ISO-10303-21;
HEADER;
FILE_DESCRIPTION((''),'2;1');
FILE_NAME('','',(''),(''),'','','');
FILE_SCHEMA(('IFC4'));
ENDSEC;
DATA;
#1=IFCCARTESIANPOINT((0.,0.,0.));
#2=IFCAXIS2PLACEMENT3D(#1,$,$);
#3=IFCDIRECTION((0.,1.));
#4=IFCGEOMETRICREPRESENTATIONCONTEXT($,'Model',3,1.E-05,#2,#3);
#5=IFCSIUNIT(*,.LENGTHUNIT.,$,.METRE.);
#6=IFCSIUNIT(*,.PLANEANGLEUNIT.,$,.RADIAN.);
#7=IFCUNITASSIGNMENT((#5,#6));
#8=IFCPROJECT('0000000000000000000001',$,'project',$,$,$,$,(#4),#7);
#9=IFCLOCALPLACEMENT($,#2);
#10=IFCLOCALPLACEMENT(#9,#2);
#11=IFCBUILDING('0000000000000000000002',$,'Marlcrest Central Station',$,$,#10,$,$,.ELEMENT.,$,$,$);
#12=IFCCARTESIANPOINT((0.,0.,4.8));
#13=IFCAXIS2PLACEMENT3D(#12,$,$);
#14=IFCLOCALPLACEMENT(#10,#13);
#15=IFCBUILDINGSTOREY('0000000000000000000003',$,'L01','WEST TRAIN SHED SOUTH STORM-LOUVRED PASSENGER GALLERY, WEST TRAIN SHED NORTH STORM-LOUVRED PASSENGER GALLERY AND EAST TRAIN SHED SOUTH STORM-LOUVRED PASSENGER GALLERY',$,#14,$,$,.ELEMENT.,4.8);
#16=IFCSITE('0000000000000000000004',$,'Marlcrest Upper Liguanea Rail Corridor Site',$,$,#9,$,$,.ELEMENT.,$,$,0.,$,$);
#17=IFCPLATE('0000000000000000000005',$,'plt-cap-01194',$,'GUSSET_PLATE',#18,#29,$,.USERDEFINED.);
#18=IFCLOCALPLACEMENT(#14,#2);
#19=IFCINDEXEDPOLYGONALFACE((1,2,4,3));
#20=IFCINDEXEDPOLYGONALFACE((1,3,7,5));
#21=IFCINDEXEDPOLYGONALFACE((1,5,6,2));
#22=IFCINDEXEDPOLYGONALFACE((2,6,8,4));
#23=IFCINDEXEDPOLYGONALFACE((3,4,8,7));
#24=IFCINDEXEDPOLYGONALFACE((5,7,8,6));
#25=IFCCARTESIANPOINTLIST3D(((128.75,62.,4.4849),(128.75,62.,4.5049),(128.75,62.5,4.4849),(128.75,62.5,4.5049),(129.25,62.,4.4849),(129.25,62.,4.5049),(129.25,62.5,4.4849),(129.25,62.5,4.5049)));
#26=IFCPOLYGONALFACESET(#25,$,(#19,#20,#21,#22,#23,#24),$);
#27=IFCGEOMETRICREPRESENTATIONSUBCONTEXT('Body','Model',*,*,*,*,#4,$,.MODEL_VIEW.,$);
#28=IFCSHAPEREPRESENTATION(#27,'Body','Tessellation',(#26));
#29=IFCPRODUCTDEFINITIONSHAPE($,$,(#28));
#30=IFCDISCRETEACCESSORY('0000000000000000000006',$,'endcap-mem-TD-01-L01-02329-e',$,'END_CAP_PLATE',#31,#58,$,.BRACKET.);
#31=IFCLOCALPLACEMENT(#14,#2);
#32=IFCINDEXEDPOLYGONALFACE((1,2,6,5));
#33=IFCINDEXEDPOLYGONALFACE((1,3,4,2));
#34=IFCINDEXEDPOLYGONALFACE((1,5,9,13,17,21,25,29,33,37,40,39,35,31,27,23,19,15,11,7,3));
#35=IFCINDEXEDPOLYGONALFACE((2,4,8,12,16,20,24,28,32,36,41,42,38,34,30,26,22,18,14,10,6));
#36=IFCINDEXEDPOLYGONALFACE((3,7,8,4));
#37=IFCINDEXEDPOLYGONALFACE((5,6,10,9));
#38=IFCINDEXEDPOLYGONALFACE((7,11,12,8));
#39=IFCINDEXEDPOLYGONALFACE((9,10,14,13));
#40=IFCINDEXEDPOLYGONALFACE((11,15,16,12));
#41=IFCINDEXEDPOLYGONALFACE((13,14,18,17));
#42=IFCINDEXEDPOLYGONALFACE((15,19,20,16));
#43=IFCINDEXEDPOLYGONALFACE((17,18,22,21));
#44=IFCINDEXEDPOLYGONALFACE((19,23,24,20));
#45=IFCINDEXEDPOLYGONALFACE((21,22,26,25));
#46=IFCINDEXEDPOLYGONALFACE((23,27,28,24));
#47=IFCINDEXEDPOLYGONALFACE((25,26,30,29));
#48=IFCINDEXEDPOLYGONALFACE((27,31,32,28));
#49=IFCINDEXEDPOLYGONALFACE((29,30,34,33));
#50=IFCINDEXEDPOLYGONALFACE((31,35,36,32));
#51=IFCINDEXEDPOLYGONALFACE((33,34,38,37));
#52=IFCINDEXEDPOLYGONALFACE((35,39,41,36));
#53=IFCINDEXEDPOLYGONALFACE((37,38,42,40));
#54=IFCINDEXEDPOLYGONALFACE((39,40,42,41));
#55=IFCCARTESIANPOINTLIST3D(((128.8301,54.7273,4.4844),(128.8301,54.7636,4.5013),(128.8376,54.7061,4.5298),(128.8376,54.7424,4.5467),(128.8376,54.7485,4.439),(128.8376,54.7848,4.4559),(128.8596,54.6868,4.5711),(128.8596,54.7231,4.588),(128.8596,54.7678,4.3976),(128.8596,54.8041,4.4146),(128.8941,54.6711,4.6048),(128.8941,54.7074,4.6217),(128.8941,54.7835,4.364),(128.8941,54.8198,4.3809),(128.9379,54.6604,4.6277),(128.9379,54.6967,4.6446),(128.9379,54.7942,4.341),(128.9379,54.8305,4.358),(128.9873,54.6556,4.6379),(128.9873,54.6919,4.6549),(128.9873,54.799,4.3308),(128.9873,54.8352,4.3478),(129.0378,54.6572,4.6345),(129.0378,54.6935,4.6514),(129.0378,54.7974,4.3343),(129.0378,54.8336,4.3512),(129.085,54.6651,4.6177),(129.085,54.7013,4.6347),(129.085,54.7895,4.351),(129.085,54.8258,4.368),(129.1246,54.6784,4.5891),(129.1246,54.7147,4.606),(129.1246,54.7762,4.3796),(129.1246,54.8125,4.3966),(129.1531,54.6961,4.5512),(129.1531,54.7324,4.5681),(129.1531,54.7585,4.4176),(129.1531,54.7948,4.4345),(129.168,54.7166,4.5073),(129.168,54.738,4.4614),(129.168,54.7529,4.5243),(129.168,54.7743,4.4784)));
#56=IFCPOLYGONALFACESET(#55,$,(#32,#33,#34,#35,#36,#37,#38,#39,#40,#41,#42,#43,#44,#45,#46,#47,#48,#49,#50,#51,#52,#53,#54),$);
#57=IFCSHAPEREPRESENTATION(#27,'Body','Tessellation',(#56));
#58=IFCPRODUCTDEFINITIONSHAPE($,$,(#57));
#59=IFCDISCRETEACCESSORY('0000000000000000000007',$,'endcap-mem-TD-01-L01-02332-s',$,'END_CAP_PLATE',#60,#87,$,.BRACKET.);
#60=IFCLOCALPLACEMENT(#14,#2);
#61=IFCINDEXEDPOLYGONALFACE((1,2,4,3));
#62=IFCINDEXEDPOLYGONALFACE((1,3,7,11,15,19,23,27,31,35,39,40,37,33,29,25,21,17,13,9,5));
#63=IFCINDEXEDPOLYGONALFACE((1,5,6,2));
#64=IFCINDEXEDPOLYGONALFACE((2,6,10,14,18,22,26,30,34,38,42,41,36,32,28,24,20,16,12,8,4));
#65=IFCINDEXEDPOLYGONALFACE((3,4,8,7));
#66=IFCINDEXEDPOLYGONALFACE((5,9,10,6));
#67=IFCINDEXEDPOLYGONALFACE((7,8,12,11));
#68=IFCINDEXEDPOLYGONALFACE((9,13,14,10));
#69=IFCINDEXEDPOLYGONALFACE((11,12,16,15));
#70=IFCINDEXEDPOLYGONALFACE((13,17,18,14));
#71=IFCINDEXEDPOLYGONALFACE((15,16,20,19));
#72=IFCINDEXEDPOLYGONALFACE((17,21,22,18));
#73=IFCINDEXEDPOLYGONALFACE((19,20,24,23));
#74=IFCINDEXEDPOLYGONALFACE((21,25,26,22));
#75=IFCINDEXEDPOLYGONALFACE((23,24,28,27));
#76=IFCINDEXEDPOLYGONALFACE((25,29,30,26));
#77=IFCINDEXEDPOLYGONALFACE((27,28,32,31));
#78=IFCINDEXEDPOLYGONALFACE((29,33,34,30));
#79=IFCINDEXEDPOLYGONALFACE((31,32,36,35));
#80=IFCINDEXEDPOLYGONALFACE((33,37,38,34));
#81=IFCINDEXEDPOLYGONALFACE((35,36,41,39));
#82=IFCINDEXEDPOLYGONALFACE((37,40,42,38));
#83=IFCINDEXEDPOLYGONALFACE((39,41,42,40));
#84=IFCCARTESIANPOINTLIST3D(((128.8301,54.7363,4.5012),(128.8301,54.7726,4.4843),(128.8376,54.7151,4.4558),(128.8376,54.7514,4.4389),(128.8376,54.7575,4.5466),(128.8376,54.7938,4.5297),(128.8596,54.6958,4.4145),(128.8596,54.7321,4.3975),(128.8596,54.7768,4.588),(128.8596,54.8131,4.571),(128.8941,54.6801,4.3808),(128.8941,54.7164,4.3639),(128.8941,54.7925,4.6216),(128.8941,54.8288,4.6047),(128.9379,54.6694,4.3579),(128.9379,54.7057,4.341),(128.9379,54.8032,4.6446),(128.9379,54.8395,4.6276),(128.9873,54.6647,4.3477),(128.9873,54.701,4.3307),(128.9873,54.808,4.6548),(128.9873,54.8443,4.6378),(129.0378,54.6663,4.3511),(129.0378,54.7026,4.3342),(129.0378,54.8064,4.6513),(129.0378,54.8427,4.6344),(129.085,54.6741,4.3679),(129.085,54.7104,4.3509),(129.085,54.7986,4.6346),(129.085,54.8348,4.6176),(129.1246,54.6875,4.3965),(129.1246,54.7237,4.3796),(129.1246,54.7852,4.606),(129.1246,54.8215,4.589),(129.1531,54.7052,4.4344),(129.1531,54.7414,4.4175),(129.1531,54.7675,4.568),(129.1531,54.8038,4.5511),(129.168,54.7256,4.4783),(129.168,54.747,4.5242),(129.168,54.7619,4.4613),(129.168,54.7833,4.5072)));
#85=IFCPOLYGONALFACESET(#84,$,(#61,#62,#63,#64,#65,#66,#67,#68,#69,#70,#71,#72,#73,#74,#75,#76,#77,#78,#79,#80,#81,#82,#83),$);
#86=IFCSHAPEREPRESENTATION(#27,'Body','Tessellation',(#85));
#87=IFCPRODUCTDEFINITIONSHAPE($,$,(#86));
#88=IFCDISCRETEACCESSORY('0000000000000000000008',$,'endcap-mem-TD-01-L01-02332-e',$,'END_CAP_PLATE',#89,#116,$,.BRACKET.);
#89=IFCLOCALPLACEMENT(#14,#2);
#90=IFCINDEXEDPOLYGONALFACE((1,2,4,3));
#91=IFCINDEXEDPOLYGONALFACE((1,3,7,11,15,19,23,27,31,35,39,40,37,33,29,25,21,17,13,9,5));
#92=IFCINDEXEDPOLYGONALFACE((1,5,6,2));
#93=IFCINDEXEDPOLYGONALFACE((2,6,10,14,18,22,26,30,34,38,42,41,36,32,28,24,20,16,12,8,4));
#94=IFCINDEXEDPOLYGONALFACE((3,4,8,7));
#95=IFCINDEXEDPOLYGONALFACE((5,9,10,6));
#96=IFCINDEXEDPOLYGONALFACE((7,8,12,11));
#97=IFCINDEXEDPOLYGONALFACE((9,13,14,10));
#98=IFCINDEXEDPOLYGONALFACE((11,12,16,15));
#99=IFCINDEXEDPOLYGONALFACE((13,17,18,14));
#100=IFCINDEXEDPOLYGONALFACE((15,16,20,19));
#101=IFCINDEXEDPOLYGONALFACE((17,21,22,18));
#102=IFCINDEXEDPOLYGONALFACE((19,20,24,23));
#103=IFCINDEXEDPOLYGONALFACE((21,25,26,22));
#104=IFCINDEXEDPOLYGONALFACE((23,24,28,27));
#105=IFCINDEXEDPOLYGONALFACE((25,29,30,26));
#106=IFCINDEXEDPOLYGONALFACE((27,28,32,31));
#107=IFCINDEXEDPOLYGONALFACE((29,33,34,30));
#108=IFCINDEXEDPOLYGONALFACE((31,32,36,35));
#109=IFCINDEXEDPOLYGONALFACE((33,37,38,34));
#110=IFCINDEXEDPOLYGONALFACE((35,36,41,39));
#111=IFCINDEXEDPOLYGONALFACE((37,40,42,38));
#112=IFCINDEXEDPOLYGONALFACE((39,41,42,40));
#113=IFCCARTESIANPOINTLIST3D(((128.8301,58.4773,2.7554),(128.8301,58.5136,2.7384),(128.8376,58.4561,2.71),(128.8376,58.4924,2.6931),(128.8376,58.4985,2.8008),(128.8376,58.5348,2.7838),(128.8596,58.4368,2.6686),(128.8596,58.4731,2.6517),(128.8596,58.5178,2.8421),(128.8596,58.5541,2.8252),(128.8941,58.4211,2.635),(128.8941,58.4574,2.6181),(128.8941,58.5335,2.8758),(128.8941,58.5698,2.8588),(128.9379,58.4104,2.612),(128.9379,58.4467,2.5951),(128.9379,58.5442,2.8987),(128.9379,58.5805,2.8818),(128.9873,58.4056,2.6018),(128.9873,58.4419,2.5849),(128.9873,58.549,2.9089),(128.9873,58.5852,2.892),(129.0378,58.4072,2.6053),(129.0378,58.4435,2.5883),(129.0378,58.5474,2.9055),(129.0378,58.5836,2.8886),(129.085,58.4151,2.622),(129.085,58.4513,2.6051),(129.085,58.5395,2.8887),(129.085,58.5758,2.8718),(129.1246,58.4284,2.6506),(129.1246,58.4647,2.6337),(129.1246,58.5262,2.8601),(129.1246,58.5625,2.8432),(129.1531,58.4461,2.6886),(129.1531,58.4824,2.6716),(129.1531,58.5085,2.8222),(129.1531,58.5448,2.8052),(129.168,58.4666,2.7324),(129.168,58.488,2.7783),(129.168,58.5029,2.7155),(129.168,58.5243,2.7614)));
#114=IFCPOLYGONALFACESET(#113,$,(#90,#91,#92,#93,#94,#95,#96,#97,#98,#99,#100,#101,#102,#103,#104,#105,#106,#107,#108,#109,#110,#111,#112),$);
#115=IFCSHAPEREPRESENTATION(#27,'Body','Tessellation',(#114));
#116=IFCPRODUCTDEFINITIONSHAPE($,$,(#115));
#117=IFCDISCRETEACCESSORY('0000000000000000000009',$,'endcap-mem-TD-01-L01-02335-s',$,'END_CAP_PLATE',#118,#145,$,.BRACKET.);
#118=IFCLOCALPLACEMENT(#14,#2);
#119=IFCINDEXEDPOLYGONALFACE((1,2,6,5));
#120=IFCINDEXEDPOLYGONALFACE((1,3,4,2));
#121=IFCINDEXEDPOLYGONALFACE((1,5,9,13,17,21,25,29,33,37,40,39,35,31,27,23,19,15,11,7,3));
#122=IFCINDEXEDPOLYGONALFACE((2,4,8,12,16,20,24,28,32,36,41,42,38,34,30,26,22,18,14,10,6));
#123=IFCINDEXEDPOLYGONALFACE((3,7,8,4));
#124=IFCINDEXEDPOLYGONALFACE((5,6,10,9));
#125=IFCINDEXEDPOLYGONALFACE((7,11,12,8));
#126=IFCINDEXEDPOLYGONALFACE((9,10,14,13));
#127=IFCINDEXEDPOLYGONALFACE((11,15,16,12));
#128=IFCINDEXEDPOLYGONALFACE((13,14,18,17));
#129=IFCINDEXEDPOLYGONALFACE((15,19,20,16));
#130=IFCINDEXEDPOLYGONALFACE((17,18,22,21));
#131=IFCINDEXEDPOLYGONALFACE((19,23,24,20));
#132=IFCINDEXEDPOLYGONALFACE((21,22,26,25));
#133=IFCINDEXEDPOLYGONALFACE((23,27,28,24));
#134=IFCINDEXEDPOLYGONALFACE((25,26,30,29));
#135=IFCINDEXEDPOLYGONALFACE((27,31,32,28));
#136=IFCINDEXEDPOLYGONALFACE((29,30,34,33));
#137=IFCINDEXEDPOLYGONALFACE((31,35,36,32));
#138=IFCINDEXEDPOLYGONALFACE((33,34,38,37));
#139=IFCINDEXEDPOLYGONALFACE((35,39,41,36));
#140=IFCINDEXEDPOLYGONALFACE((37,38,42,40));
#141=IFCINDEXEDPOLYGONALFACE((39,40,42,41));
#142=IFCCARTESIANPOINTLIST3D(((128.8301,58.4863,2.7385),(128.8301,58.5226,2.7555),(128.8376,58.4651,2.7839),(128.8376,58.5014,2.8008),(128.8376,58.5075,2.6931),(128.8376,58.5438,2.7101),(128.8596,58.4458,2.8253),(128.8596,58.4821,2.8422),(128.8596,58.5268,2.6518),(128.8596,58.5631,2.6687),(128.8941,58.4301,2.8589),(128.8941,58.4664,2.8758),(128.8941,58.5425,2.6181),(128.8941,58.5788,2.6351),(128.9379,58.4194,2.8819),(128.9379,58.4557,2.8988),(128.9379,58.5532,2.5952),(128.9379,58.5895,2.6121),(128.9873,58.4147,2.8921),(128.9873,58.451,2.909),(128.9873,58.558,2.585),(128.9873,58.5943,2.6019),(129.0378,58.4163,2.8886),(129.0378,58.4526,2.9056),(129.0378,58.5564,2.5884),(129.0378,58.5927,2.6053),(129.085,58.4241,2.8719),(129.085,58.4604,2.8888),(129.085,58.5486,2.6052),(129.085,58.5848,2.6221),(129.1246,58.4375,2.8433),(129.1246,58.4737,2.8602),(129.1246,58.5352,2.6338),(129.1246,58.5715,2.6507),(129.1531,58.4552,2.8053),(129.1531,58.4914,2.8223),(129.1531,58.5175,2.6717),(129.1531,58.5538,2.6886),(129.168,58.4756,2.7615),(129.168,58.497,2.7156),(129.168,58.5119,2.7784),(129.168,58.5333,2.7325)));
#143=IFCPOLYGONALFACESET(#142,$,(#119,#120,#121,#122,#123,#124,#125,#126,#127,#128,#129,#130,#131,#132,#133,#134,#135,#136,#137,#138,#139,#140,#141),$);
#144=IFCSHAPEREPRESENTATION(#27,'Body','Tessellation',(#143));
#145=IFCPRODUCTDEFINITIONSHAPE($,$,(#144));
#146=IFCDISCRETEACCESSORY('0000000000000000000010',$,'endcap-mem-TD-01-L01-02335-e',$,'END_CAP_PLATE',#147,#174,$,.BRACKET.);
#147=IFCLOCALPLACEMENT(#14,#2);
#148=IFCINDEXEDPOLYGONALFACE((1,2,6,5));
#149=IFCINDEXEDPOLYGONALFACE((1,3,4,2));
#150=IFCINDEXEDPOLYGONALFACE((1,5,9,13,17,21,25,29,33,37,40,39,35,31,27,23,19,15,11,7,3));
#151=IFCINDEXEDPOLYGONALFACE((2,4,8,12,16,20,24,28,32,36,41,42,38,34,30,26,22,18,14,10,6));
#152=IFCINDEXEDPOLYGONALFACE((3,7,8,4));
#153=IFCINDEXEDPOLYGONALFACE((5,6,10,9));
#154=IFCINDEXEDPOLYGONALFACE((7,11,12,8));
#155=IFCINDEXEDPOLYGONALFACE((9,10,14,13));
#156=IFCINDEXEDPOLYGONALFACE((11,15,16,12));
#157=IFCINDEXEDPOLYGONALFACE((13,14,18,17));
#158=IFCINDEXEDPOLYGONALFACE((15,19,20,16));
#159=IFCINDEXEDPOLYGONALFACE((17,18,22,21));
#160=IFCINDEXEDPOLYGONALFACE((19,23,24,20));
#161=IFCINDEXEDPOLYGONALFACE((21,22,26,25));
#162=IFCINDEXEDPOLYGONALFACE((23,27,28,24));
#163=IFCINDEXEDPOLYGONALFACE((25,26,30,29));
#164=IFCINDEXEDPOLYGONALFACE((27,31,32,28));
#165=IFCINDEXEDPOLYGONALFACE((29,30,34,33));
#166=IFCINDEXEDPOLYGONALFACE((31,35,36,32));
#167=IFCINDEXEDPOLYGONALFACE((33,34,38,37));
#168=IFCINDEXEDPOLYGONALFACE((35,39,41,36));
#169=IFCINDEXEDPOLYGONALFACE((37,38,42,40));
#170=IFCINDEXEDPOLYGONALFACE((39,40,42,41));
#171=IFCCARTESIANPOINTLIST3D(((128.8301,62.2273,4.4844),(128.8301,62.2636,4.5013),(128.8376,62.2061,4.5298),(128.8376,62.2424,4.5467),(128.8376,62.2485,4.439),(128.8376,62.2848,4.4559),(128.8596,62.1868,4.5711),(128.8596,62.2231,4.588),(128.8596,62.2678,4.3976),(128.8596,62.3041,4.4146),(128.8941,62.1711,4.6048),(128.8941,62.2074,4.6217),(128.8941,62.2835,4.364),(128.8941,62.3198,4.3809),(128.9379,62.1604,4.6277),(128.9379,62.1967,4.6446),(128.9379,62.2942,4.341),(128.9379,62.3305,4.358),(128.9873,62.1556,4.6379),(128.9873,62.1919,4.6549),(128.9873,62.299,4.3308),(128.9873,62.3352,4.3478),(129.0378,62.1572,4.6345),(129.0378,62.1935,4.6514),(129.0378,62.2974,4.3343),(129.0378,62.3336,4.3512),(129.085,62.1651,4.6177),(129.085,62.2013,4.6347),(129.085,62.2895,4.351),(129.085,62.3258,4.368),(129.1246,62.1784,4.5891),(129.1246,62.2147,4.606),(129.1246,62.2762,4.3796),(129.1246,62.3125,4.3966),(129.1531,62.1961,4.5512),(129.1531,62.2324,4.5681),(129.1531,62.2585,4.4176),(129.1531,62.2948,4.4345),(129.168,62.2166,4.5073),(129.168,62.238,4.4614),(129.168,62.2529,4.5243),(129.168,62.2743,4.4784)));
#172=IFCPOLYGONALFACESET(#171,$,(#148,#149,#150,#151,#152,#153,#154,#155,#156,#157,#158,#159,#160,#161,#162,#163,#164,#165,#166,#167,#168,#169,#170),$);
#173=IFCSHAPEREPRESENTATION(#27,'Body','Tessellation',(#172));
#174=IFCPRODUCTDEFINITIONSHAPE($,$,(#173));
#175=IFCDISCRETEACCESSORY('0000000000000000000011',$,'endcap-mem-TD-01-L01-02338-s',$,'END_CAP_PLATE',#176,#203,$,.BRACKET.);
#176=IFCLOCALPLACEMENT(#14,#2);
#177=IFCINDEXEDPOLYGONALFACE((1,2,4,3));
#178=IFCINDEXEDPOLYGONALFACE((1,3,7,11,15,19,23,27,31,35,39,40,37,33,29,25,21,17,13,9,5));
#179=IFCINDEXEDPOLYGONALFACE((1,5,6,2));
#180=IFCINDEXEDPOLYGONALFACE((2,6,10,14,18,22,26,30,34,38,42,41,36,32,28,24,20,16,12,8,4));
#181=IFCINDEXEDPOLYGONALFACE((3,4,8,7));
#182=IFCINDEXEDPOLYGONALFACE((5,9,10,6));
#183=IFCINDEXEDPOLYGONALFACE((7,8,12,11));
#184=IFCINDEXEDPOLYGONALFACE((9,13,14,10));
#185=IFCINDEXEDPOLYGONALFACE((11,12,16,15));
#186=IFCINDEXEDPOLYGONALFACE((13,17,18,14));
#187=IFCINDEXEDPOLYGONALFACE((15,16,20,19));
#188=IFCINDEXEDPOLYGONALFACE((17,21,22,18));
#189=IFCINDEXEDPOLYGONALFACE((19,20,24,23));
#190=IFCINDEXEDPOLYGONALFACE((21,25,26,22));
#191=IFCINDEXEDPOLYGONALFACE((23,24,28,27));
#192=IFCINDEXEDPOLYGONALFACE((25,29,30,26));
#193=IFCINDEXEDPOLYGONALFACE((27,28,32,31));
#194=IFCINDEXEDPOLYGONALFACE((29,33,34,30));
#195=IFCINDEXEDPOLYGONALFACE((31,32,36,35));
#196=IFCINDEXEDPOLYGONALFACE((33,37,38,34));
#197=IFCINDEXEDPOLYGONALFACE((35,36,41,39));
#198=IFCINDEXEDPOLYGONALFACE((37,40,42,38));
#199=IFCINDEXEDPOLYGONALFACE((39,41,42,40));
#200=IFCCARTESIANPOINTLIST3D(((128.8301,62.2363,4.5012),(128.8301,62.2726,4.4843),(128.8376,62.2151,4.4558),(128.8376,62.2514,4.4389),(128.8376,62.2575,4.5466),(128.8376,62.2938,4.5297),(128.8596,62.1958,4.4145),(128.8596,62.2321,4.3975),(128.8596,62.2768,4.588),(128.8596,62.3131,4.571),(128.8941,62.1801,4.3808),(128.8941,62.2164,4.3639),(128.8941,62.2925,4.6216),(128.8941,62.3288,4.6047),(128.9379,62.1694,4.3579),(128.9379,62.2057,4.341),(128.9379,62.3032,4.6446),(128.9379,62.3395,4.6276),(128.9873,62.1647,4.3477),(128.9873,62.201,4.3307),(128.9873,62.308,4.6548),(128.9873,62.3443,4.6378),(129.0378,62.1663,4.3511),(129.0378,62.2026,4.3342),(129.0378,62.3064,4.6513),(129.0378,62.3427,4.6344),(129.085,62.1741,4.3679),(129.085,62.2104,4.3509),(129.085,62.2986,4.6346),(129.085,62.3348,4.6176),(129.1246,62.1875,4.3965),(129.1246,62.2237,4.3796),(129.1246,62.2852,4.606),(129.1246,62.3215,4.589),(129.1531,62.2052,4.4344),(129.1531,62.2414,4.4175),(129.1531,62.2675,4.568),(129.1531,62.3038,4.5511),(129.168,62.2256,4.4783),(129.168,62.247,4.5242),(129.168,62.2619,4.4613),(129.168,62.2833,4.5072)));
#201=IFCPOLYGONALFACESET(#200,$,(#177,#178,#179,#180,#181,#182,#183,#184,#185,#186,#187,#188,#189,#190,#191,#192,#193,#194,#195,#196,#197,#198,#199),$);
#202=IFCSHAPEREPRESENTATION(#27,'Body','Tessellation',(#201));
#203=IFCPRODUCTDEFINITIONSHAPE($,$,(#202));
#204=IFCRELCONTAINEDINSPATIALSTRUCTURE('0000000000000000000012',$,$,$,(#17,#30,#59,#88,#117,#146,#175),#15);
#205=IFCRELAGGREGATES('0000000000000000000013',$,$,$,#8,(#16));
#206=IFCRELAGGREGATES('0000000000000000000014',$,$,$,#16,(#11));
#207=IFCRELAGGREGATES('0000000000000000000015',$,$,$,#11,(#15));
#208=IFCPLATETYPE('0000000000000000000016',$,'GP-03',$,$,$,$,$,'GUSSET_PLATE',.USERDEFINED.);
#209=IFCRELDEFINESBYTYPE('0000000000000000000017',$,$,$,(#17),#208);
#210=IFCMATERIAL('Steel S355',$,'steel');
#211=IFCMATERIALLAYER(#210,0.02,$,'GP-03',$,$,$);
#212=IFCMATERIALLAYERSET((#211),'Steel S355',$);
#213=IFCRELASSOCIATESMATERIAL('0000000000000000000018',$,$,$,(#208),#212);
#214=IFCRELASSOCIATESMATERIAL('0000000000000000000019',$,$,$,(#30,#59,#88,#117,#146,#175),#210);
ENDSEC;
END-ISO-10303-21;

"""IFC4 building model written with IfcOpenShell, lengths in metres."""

from ifc_helpers import new_model, si_unit, direction, frame, origin, origin_2d, place, context, subcontext, project, spatial, rectangle, circle, extrude, material, layer, layer_set, type_object, element, save


model = new_model("IFC4")

# Units and contexts
model_context = context("Model", 3, precision=1e-05, world=origin(), true_north=direction((0.0, 1.0)))
body_context = subcontext(model_context, "Body", "Model", "MODEL_VIEW")
ifc_project = project(units=[si_unit("LENGTHUNIT", "METRE"), si_unit("PLANEANGLEUNIT", "RADIAN")], contexts=[model_context])

# Site, building, storey
site_placement = place(None, origin())
site = spatial("IfcSite", under=ifc_project, at=site_placement, Name="Marlcrest Upper Liguanea Rail Corridor Site", CompositionType="ELEMENT", RefElevation=0.0)
building_placement = place(site_placement, origin())
building = spatial("IfcBuilding", under=site, at=building_placement, Name="Marlcrest Central Station", CompositionType="ELEMENT")
storey_placement = place(building_placement, frame((0.0, 0.0, 4.8)))
storey = spatial("IfcBuildingStorey", under=building, at=storey_placement, Name="L01", Description="WEST TRAIN SHED SOUTH STORM-LOUVRED PASSENGER GALLERY, WEST TRAIN SHED NORTH STORM-LOUVRED PASSENGER GALLERY AND EAST TRAIN SHED SOUTH STORM-LOUVRED PASSENGER GALLERY", CompositionType="ELEMENT", Elevation=4.8)

# Shared definitions
ifc_material = material(Name="Steel S355", Category="steel")

# Plate
ifc_layer_1 = layer(ifc_material, 0.02, Name="GP-03")
ifc_layer_set_1 = layer_set([ifc_layer_1], Name="Steel S355")
plate_type_1 = type_object("IfcPlateType", Name="GP-03", ElementType="GUSSET_PLATE", PredefinedType="USERDEFINED", material=ifc_layer_set_1)
for number, where, z_axis, x_axis, name in (
    (1, (129.0, 62.25, 4.4849), (0.0, 0.0, 1.0), (1.0, 0.0, 0.0), "plt-cap-01194"),
):
    element("IfcPlate", number, at=place(storey_placement, frame(where, z_axis=z_axis, x_axis=x_axis)), inside=storey, type_object=plate_type_1, Name=name, ObjectType="GUSSET_PLATE", PredefinedType="USERDEFINED", context=body_context, shape_type="SweptSolid", body=[
        extrude(rectangle(XDim=0.5, YDim=0.5, at=origin_2d()), origin(), (0.0, 0.0, 1.0), 0.02),
    ])

# Discrete accessories
for number, where, z_axis, x_axis, name in (
    (2, (129.0, 54.7273, 4.4844), (0.0, 0.906183, 0.422885), (-1.0, 0.0, 0.0), "endcap-mem-TD-01-L01-02329-e"),
    (3, (129.0, 54.7363, 4.5012), (0.0, 0.906183, -0.422885), (-1.0, 0.0, 0.0), "endcap-mem-TD-01-L01-02332-s"),
    (4, (129.0, 58.4773, 2.7554), (0.0, 0.906183, -0.422885), (-1.0, 0.0, 0.0), "endcap-mem-TD-01-L01-02332-e"),
    (5, (129.0, 58.4863, 2.7385), (0.0, 0.906183, 0.422885), (-1.0, 0.0, 0.0), "endcap-mem-TD-01-L01-02335-s"),
    (6, (129.0, 62.2273, 4.4844), (0.0, 0.906183, 0.422885), (-1.0, 0.0, 0.0), "endcap-mem-TD-01-L01-02335-e"),
    (7, (129.0, 62.2363, 4.5012), (0.0, 0.906183, -0.422885), (-1.0, 0.0, 0.0), "endcap-mem-TD-01-L01-02338-s"),
):
    element("IfcDiscreteAccessory", number, at=place(storey_placement, frame(where, z_axis=z_axis, x_axis=x_axis)), inside=storey, material=ifc_material, Name=name, ObjectType="END_CAP_PLATE", PredefinedType="BRACKET", context=body_context, shape_type="SweptSolid", body=[
        extrude(circle(Radius=0.1699, at=origin_2d()), origin(), (0.0, 0.0, 1.0), 0.04),
    ])

save(model, "model.ifc")
